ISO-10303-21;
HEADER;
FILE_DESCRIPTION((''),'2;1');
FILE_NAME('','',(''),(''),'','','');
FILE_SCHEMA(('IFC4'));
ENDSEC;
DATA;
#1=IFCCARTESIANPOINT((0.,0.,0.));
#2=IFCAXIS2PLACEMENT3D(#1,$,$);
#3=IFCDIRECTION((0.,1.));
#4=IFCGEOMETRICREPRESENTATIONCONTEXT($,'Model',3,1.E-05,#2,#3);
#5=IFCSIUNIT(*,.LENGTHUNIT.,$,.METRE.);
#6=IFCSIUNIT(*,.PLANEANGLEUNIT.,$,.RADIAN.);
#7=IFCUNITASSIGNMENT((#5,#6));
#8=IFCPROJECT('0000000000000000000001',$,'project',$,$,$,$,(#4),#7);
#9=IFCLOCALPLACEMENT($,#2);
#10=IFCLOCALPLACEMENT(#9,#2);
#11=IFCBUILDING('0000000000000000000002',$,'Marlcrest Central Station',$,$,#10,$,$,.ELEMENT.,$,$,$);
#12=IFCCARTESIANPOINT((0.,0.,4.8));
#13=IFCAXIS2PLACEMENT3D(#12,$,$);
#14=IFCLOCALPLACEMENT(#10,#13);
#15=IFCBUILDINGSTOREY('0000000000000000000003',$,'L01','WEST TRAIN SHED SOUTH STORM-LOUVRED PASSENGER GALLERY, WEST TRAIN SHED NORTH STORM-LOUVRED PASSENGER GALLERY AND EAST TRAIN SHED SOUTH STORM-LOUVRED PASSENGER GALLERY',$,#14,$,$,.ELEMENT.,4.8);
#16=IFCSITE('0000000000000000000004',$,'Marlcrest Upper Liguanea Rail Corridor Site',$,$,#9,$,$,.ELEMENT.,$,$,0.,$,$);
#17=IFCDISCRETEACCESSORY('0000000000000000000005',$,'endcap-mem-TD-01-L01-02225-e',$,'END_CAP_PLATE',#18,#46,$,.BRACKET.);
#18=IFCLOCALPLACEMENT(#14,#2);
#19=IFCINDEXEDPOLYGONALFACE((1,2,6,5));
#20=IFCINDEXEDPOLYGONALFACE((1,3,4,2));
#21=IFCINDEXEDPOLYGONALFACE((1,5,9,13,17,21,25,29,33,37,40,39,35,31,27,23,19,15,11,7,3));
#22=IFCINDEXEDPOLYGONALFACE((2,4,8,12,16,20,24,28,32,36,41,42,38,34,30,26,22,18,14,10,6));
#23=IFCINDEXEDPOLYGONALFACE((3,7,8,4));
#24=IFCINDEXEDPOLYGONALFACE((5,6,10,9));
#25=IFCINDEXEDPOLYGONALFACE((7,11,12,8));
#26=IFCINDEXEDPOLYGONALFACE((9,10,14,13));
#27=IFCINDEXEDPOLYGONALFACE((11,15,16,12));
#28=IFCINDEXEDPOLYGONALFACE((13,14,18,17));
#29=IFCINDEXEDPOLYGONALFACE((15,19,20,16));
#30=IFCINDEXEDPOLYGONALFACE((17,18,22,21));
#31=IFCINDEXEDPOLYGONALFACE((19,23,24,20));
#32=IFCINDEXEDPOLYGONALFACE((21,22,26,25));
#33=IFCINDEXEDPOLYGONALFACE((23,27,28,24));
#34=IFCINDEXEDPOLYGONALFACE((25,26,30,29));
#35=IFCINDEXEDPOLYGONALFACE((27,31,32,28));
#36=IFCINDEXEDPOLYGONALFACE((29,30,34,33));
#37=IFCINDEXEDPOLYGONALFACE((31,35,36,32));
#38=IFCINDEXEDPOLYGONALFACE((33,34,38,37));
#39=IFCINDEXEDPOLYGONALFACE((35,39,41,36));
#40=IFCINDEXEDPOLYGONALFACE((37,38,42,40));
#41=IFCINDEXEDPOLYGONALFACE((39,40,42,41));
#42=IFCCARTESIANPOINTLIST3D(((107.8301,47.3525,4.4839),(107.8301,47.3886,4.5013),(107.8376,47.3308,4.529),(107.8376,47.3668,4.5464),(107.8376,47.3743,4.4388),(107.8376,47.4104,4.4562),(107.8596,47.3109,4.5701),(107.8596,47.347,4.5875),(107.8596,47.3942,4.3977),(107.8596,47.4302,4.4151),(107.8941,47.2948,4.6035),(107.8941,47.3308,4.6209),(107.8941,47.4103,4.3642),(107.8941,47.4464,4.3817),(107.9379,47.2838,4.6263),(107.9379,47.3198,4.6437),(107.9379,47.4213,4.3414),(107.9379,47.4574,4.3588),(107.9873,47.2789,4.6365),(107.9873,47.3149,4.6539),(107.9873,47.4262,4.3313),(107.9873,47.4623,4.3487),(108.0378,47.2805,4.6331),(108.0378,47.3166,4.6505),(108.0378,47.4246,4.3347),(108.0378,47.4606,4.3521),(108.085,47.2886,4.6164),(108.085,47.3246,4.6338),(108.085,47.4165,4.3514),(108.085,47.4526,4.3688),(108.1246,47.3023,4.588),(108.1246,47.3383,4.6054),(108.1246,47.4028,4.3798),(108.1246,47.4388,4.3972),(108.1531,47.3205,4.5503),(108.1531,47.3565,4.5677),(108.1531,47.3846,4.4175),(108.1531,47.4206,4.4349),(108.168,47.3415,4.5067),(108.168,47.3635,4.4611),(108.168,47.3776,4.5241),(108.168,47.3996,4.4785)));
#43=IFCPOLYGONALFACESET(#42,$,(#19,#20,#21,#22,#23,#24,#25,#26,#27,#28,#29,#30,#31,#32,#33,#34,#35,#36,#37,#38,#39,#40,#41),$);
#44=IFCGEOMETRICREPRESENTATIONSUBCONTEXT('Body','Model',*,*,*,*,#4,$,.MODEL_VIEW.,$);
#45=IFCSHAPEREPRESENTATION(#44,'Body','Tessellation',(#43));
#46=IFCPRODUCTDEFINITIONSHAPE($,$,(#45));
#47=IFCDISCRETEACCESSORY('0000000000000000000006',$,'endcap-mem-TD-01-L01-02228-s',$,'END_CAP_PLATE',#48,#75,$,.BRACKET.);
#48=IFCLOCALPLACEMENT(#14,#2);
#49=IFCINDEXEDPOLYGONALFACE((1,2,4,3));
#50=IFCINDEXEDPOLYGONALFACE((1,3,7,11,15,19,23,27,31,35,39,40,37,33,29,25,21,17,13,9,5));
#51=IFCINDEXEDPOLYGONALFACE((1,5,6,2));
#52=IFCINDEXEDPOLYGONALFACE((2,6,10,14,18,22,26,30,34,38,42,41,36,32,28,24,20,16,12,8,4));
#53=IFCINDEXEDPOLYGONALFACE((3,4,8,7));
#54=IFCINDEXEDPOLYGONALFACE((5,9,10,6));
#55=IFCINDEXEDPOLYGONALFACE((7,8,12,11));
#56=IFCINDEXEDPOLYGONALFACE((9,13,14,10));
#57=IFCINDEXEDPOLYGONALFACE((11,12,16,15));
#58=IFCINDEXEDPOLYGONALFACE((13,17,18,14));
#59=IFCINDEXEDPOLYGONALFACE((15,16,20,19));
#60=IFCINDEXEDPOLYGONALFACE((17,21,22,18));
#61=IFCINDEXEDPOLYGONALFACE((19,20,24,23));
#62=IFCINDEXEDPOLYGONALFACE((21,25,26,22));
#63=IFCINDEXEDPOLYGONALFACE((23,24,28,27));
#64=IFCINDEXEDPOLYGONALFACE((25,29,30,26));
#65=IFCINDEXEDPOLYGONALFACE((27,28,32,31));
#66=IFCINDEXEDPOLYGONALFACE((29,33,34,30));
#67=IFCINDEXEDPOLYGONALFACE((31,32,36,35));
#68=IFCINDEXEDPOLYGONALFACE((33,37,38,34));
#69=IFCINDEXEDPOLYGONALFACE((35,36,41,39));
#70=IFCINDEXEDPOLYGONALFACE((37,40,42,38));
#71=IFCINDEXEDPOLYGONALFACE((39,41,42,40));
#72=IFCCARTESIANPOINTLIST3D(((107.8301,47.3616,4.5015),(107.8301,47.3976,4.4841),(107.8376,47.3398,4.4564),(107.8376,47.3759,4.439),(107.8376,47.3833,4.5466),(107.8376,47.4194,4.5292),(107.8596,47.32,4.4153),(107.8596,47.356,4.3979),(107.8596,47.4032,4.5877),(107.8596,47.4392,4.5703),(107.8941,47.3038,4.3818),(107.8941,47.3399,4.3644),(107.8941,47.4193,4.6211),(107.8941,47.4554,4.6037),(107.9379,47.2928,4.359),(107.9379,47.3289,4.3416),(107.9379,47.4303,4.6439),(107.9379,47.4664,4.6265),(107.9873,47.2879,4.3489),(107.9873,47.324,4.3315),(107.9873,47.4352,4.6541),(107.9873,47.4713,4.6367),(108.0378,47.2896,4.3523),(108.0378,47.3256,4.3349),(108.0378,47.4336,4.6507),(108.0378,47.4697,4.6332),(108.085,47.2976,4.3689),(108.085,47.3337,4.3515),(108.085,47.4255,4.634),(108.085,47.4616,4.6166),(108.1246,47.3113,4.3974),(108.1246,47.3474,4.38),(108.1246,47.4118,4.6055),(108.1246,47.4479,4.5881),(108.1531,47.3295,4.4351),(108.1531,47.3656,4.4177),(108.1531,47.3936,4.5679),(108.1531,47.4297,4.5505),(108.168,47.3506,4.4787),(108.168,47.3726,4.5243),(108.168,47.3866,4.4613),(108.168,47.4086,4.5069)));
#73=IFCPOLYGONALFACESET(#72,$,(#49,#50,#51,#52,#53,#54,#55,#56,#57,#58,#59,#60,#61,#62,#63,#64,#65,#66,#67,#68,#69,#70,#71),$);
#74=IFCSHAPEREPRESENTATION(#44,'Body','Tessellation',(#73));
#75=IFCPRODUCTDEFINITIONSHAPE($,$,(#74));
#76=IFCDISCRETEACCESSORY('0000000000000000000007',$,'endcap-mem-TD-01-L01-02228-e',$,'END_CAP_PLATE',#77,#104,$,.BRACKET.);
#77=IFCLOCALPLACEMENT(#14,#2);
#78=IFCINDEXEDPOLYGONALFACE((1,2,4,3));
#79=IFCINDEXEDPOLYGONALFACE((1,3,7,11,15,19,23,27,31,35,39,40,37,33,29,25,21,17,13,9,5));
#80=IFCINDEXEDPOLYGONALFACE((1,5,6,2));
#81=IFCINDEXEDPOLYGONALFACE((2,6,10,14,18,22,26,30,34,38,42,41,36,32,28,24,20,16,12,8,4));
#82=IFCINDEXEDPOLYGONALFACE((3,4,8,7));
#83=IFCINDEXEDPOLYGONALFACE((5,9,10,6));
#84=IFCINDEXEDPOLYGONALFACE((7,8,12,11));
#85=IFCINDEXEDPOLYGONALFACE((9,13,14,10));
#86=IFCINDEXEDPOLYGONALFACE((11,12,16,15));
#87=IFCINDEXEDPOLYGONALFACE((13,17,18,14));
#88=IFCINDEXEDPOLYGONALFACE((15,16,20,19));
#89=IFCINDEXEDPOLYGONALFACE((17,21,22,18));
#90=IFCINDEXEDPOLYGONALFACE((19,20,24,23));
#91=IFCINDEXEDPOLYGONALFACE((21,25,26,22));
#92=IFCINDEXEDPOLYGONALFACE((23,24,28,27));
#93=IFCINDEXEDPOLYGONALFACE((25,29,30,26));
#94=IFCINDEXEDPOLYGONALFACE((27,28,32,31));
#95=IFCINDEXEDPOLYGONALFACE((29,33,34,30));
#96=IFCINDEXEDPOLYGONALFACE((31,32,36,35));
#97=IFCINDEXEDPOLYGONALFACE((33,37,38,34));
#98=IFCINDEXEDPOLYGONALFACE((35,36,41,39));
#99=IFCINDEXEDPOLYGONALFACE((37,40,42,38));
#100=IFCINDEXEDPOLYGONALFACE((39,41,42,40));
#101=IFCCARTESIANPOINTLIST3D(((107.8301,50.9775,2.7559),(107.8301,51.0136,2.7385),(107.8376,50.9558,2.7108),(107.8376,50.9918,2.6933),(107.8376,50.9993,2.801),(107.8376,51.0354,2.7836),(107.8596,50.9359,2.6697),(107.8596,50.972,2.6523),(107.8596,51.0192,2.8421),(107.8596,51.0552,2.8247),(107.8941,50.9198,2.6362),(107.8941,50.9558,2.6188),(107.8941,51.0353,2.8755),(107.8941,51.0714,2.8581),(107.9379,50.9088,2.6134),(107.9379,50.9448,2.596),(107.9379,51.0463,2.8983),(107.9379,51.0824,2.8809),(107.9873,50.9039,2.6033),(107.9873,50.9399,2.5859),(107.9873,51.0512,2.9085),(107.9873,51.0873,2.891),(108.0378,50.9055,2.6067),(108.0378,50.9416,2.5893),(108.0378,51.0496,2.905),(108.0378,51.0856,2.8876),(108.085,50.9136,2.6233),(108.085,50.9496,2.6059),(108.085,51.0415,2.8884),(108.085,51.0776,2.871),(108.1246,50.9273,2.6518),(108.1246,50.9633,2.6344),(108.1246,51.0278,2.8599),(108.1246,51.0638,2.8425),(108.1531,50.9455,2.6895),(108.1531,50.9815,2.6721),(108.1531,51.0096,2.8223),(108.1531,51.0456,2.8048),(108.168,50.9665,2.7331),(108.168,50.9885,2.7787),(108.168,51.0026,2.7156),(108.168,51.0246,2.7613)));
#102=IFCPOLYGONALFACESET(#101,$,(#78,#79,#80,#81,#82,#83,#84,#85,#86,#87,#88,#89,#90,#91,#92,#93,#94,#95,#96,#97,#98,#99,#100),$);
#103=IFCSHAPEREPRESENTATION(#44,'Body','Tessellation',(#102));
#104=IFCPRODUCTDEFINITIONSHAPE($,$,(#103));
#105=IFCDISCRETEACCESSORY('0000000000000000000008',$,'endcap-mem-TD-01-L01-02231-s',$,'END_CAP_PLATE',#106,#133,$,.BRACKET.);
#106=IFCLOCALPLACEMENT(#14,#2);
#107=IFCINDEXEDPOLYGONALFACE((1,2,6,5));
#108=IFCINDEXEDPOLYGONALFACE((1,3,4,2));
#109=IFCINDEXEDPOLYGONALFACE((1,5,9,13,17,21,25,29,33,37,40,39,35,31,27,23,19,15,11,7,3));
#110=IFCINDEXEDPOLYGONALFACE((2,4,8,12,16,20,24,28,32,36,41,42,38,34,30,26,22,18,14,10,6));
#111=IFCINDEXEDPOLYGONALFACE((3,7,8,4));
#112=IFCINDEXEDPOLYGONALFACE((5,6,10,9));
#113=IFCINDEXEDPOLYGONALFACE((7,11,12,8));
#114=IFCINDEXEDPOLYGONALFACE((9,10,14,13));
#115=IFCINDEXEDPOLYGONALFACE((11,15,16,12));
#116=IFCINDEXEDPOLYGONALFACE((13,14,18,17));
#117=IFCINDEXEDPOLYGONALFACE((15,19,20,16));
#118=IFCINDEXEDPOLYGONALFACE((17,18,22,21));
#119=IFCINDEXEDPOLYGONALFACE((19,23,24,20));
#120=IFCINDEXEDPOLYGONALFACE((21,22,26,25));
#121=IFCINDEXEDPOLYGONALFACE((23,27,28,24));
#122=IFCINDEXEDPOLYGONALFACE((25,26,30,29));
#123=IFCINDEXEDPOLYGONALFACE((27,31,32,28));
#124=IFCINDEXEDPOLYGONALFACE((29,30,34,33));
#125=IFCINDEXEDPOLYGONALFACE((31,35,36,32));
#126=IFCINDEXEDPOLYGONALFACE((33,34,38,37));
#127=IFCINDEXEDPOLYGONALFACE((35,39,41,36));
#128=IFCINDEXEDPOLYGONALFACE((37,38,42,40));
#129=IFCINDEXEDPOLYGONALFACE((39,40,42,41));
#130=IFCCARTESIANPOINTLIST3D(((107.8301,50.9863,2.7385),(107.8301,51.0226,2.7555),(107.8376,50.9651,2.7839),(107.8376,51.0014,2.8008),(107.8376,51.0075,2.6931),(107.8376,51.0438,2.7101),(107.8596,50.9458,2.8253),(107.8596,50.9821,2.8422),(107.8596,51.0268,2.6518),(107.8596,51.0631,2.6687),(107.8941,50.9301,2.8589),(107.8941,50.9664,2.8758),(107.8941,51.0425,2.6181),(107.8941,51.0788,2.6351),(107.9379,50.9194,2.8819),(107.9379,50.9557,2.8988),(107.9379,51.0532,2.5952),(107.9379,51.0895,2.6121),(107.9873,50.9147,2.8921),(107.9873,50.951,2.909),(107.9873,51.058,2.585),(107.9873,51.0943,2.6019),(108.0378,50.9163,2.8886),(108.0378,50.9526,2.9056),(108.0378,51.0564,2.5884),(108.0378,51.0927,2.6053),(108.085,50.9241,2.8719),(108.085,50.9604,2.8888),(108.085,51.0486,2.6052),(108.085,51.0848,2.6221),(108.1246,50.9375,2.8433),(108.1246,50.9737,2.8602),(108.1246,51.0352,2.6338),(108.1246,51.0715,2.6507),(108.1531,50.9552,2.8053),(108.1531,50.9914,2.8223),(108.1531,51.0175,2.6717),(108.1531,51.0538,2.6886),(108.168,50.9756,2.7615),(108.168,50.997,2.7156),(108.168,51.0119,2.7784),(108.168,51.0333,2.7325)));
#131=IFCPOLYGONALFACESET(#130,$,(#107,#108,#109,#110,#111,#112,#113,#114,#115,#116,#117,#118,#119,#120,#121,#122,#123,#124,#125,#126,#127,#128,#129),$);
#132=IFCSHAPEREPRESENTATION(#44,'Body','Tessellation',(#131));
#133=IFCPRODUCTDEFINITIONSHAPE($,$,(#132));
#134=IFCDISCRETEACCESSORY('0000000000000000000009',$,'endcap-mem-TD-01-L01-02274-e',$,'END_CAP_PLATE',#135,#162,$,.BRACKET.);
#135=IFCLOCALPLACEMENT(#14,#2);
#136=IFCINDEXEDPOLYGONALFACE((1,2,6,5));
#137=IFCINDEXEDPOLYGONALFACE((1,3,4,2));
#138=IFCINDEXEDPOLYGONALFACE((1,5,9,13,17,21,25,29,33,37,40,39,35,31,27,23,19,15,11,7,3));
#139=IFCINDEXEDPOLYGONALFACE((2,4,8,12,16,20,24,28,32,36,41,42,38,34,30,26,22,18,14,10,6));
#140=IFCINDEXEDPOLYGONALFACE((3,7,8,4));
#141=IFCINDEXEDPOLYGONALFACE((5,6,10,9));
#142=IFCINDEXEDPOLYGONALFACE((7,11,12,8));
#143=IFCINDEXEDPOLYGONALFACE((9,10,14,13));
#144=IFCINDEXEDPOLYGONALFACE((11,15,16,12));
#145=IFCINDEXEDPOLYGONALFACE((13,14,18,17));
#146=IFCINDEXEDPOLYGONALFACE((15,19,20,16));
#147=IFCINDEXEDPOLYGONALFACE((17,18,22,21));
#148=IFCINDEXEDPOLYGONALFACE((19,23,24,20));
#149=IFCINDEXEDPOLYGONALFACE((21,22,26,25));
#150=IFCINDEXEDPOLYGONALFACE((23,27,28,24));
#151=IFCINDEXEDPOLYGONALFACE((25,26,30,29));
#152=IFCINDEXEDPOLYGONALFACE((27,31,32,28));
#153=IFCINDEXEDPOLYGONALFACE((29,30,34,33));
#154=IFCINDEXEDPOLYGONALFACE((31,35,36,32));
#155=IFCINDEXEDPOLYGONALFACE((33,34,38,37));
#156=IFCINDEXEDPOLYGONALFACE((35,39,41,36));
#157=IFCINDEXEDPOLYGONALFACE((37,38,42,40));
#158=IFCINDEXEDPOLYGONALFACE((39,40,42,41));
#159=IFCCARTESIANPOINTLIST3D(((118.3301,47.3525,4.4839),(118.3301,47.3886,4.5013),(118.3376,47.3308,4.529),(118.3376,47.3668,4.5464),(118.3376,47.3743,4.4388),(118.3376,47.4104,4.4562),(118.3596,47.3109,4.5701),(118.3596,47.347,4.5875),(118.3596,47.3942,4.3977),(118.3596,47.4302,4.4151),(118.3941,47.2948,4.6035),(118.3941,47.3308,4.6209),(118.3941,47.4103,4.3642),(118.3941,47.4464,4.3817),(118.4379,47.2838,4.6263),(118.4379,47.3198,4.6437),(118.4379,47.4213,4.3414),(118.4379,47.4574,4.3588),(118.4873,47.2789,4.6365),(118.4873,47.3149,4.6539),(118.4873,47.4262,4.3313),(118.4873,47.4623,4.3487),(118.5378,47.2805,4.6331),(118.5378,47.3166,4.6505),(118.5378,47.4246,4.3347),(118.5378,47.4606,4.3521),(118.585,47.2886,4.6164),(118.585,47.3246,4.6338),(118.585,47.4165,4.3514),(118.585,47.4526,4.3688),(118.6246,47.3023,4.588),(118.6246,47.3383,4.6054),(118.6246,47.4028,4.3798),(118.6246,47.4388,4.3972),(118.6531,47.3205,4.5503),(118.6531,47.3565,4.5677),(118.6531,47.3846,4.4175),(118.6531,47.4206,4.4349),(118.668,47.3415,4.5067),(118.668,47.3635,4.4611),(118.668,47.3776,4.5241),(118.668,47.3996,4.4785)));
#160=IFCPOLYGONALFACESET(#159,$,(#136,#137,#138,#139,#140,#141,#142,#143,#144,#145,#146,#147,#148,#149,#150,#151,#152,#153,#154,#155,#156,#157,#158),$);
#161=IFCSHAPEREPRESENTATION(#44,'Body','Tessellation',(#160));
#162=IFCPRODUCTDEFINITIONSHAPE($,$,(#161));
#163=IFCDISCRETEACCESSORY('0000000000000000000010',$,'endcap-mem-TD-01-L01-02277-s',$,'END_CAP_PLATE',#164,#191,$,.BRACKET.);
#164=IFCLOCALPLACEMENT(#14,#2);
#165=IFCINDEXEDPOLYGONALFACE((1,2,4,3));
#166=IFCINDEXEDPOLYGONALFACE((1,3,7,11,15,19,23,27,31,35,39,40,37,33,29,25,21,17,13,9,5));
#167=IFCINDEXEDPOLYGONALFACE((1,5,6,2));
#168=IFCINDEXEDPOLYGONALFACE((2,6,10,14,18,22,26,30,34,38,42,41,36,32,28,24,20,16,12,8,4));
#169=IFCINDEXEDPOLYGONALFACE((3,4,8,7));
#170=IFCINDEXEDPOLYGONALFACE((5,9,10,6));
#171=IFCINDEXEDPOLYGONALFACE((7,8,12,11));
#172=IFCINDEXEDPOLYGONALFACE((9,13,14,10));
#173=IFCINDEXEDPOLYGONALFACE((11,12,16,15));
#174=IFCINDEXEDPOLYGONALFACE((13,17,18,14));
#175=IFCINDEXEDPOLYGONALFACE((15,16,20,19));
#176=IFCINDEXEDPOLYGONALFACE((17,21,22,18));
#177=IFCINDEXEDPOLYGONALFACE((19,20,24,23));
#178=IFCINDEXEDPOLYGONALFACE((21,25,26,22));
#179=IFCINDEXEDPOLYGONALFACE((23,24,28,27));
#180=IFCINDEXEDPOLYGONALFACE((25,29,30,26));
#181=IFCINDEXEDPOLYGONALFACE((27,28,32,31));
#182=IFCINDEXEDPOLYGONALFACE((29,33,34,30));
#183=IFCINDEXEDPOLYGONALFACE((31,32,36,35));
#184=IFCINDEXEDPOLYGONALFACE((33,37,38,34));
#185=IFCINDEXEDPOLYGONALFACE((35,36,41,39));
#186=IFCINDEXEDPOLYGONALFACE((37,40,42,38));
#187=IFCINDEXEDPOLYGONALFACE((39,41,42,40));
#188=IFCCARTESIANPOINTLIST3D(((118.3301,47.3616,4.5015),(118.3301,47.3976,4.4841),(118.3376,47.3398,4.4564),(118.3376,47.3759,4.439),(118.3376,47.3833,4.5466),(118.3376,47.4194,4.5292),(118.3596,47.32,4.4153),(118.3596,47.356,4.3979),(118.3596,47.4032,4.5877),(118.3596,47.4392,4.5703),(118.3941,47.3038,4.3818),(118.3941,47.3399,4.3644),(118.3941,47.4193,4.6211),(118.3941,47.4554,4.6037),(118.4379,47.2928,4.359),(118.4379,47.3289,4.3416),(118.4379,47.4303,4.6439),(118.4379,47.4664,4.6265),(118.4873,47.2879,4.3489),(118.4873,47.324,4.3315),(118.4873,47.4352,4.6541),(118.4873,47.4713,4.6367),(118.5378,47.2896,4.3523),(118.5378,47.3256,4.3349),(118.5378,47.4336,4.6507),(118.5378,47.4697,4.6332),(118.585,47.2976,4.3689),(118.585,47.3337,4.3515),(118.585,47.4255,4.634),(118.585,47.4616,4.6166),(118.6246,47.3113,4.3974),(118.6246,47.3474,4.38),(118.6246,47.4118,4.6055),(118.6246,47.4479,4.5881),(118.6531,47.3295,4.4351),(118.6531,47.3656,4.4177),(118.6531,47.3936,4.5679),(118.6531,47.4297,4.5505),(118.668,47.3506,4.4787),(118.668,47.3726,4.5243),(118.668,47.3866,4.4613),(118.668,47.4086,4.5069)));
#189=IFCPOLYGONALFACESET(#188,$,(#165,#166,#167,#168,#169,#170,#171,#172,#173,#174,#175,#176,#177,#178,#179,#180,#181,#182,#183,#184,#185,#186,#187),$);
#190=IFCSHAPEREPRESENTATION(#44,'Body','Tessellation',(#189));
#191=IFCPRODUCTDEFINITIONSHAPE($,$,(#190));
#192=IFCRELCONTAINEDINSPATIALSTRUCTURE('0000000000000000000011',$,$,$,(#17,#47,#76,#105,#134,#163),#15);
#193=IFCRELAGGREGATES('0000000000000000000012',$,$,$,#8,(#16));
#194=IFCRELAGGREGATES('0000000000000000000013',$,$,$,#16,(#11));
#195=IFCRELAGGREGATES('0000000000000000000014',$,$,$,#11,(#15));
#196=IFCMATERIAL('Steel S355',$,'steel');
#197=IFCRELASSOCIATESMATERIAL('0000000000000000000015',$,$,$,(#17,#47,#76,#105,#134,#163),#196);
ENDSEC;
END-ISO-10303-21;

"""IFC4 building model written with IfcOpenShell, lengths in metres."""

from ifc_helpers import new_model, si_unit, direction, frame, origin, origin_2d, place, context, subcontext, project, spatial, circle, extrude, material, element, save


model = new_model("IFC4")

# Units and contexts
model_context = context("Model", 3, precision=1e-05, world=origin(), true_north=direction((0.0, 1.0)))
body_context = subcontext(model_context, "Body", "Model", "MODEL_VIEW")
ifc_project = project(units=[si_unit("LENGTHUNIT", "METRE"), si_unit("PLANEANGLEUNIT", "RADIAN")], contexts=[model_context])

# Site, building, storey
site_placement = place(None, origin())
site = spatial("IfcSite", under=ifc_project, at=site_placement, Name="Marlcrest Upper Liguanea Rail Corridor Site", CompositionType="ELEMENT", RefElevation=0.0)
building_placement = place(site_placement, origin())
building = spatial("IfcBuilding", under=site, at=building_placement, Name="Marlcrest Central Station", CompositionType="ELEMENT")
storey_placement = place(building_placement, frame((0.0, 0.0, 4.8)))
storey = spatial("IfcBuildingStorey", under=building, at=storey_placement, Name="L01", Description="WEST TRAIN SHED SOUTH STORM-LOUVRED PASSENGER GALLERY, WEST TRAIN SHED NORTH STORM-LOUVRED PASSENGER GALLERY AND EAST TRAIN SHED SOUTH STORM-LOUVRED PASSENGER GALLERY", CompositionType="ELEMENT", Elevation=4.8)

# Shared definitions
ifc_material = material(Name="Steel S355", Category="steel")

# Discrete accessories
for number, where, z_axis, x_axis, name in (
    (1, (108.0, 47.3525, 4.4839), (0.0, 0.900552, 0.434749), (-1.0, 0.0, 0.0), "endcap-mem-TD-01-L01-02225-e"),
    (2, (108.0, 47.3616, 4.5015), (0.0, 0.900552, -0.434749), (-1.0, 0.0, 0.0), "endcap-mem-TD-01-L01-02228-s"),
    (3, (108.0, 50.9775, 2.7559), (0.0, 0.900552, -0.434749), (-1.0, 0.0, 0.0), "endcap-mem-TD-01-L01-02228-e"),
    (4, (108.0, 50.9863, 2.7385), (0.0, 0.906183, 0.422885), (-1.0, 0.0, 0.0), "endcap-mem-TD-01-L01-02231-s"),
    (5, (118.5, 47.3525, 4.4839), (0.0, 0.900552, 0.434749), (-1.0, 0.0, 0.0), "endcap-mem-TD-01-L01-02274-e"),
    (6, (118.5, 47.3616, 4.5015), (0.0, 0.900552, -0.434749), (-1.0, 0.0, 0.0), "endcap-mem-TD-01-L01-02277-s"),
):
    element("IfcDiscreteAccessory", number, at=place(storey_placement, frame(where, z_axis=z_axis, x_axis=x_axis)), inside=storey, material=ifc_material, Name=name, ObjectType="END_CAP_PLATE", PredefinedType="BRACKET", context=body_context, shape_type="SweptSolid", body=[
        extrude(circle(Radius=0.1699, at=origin_2d()), origin(), (0.0, 0.0, 1.0), 0.04),
    ])

save(model, "model.ifc")
